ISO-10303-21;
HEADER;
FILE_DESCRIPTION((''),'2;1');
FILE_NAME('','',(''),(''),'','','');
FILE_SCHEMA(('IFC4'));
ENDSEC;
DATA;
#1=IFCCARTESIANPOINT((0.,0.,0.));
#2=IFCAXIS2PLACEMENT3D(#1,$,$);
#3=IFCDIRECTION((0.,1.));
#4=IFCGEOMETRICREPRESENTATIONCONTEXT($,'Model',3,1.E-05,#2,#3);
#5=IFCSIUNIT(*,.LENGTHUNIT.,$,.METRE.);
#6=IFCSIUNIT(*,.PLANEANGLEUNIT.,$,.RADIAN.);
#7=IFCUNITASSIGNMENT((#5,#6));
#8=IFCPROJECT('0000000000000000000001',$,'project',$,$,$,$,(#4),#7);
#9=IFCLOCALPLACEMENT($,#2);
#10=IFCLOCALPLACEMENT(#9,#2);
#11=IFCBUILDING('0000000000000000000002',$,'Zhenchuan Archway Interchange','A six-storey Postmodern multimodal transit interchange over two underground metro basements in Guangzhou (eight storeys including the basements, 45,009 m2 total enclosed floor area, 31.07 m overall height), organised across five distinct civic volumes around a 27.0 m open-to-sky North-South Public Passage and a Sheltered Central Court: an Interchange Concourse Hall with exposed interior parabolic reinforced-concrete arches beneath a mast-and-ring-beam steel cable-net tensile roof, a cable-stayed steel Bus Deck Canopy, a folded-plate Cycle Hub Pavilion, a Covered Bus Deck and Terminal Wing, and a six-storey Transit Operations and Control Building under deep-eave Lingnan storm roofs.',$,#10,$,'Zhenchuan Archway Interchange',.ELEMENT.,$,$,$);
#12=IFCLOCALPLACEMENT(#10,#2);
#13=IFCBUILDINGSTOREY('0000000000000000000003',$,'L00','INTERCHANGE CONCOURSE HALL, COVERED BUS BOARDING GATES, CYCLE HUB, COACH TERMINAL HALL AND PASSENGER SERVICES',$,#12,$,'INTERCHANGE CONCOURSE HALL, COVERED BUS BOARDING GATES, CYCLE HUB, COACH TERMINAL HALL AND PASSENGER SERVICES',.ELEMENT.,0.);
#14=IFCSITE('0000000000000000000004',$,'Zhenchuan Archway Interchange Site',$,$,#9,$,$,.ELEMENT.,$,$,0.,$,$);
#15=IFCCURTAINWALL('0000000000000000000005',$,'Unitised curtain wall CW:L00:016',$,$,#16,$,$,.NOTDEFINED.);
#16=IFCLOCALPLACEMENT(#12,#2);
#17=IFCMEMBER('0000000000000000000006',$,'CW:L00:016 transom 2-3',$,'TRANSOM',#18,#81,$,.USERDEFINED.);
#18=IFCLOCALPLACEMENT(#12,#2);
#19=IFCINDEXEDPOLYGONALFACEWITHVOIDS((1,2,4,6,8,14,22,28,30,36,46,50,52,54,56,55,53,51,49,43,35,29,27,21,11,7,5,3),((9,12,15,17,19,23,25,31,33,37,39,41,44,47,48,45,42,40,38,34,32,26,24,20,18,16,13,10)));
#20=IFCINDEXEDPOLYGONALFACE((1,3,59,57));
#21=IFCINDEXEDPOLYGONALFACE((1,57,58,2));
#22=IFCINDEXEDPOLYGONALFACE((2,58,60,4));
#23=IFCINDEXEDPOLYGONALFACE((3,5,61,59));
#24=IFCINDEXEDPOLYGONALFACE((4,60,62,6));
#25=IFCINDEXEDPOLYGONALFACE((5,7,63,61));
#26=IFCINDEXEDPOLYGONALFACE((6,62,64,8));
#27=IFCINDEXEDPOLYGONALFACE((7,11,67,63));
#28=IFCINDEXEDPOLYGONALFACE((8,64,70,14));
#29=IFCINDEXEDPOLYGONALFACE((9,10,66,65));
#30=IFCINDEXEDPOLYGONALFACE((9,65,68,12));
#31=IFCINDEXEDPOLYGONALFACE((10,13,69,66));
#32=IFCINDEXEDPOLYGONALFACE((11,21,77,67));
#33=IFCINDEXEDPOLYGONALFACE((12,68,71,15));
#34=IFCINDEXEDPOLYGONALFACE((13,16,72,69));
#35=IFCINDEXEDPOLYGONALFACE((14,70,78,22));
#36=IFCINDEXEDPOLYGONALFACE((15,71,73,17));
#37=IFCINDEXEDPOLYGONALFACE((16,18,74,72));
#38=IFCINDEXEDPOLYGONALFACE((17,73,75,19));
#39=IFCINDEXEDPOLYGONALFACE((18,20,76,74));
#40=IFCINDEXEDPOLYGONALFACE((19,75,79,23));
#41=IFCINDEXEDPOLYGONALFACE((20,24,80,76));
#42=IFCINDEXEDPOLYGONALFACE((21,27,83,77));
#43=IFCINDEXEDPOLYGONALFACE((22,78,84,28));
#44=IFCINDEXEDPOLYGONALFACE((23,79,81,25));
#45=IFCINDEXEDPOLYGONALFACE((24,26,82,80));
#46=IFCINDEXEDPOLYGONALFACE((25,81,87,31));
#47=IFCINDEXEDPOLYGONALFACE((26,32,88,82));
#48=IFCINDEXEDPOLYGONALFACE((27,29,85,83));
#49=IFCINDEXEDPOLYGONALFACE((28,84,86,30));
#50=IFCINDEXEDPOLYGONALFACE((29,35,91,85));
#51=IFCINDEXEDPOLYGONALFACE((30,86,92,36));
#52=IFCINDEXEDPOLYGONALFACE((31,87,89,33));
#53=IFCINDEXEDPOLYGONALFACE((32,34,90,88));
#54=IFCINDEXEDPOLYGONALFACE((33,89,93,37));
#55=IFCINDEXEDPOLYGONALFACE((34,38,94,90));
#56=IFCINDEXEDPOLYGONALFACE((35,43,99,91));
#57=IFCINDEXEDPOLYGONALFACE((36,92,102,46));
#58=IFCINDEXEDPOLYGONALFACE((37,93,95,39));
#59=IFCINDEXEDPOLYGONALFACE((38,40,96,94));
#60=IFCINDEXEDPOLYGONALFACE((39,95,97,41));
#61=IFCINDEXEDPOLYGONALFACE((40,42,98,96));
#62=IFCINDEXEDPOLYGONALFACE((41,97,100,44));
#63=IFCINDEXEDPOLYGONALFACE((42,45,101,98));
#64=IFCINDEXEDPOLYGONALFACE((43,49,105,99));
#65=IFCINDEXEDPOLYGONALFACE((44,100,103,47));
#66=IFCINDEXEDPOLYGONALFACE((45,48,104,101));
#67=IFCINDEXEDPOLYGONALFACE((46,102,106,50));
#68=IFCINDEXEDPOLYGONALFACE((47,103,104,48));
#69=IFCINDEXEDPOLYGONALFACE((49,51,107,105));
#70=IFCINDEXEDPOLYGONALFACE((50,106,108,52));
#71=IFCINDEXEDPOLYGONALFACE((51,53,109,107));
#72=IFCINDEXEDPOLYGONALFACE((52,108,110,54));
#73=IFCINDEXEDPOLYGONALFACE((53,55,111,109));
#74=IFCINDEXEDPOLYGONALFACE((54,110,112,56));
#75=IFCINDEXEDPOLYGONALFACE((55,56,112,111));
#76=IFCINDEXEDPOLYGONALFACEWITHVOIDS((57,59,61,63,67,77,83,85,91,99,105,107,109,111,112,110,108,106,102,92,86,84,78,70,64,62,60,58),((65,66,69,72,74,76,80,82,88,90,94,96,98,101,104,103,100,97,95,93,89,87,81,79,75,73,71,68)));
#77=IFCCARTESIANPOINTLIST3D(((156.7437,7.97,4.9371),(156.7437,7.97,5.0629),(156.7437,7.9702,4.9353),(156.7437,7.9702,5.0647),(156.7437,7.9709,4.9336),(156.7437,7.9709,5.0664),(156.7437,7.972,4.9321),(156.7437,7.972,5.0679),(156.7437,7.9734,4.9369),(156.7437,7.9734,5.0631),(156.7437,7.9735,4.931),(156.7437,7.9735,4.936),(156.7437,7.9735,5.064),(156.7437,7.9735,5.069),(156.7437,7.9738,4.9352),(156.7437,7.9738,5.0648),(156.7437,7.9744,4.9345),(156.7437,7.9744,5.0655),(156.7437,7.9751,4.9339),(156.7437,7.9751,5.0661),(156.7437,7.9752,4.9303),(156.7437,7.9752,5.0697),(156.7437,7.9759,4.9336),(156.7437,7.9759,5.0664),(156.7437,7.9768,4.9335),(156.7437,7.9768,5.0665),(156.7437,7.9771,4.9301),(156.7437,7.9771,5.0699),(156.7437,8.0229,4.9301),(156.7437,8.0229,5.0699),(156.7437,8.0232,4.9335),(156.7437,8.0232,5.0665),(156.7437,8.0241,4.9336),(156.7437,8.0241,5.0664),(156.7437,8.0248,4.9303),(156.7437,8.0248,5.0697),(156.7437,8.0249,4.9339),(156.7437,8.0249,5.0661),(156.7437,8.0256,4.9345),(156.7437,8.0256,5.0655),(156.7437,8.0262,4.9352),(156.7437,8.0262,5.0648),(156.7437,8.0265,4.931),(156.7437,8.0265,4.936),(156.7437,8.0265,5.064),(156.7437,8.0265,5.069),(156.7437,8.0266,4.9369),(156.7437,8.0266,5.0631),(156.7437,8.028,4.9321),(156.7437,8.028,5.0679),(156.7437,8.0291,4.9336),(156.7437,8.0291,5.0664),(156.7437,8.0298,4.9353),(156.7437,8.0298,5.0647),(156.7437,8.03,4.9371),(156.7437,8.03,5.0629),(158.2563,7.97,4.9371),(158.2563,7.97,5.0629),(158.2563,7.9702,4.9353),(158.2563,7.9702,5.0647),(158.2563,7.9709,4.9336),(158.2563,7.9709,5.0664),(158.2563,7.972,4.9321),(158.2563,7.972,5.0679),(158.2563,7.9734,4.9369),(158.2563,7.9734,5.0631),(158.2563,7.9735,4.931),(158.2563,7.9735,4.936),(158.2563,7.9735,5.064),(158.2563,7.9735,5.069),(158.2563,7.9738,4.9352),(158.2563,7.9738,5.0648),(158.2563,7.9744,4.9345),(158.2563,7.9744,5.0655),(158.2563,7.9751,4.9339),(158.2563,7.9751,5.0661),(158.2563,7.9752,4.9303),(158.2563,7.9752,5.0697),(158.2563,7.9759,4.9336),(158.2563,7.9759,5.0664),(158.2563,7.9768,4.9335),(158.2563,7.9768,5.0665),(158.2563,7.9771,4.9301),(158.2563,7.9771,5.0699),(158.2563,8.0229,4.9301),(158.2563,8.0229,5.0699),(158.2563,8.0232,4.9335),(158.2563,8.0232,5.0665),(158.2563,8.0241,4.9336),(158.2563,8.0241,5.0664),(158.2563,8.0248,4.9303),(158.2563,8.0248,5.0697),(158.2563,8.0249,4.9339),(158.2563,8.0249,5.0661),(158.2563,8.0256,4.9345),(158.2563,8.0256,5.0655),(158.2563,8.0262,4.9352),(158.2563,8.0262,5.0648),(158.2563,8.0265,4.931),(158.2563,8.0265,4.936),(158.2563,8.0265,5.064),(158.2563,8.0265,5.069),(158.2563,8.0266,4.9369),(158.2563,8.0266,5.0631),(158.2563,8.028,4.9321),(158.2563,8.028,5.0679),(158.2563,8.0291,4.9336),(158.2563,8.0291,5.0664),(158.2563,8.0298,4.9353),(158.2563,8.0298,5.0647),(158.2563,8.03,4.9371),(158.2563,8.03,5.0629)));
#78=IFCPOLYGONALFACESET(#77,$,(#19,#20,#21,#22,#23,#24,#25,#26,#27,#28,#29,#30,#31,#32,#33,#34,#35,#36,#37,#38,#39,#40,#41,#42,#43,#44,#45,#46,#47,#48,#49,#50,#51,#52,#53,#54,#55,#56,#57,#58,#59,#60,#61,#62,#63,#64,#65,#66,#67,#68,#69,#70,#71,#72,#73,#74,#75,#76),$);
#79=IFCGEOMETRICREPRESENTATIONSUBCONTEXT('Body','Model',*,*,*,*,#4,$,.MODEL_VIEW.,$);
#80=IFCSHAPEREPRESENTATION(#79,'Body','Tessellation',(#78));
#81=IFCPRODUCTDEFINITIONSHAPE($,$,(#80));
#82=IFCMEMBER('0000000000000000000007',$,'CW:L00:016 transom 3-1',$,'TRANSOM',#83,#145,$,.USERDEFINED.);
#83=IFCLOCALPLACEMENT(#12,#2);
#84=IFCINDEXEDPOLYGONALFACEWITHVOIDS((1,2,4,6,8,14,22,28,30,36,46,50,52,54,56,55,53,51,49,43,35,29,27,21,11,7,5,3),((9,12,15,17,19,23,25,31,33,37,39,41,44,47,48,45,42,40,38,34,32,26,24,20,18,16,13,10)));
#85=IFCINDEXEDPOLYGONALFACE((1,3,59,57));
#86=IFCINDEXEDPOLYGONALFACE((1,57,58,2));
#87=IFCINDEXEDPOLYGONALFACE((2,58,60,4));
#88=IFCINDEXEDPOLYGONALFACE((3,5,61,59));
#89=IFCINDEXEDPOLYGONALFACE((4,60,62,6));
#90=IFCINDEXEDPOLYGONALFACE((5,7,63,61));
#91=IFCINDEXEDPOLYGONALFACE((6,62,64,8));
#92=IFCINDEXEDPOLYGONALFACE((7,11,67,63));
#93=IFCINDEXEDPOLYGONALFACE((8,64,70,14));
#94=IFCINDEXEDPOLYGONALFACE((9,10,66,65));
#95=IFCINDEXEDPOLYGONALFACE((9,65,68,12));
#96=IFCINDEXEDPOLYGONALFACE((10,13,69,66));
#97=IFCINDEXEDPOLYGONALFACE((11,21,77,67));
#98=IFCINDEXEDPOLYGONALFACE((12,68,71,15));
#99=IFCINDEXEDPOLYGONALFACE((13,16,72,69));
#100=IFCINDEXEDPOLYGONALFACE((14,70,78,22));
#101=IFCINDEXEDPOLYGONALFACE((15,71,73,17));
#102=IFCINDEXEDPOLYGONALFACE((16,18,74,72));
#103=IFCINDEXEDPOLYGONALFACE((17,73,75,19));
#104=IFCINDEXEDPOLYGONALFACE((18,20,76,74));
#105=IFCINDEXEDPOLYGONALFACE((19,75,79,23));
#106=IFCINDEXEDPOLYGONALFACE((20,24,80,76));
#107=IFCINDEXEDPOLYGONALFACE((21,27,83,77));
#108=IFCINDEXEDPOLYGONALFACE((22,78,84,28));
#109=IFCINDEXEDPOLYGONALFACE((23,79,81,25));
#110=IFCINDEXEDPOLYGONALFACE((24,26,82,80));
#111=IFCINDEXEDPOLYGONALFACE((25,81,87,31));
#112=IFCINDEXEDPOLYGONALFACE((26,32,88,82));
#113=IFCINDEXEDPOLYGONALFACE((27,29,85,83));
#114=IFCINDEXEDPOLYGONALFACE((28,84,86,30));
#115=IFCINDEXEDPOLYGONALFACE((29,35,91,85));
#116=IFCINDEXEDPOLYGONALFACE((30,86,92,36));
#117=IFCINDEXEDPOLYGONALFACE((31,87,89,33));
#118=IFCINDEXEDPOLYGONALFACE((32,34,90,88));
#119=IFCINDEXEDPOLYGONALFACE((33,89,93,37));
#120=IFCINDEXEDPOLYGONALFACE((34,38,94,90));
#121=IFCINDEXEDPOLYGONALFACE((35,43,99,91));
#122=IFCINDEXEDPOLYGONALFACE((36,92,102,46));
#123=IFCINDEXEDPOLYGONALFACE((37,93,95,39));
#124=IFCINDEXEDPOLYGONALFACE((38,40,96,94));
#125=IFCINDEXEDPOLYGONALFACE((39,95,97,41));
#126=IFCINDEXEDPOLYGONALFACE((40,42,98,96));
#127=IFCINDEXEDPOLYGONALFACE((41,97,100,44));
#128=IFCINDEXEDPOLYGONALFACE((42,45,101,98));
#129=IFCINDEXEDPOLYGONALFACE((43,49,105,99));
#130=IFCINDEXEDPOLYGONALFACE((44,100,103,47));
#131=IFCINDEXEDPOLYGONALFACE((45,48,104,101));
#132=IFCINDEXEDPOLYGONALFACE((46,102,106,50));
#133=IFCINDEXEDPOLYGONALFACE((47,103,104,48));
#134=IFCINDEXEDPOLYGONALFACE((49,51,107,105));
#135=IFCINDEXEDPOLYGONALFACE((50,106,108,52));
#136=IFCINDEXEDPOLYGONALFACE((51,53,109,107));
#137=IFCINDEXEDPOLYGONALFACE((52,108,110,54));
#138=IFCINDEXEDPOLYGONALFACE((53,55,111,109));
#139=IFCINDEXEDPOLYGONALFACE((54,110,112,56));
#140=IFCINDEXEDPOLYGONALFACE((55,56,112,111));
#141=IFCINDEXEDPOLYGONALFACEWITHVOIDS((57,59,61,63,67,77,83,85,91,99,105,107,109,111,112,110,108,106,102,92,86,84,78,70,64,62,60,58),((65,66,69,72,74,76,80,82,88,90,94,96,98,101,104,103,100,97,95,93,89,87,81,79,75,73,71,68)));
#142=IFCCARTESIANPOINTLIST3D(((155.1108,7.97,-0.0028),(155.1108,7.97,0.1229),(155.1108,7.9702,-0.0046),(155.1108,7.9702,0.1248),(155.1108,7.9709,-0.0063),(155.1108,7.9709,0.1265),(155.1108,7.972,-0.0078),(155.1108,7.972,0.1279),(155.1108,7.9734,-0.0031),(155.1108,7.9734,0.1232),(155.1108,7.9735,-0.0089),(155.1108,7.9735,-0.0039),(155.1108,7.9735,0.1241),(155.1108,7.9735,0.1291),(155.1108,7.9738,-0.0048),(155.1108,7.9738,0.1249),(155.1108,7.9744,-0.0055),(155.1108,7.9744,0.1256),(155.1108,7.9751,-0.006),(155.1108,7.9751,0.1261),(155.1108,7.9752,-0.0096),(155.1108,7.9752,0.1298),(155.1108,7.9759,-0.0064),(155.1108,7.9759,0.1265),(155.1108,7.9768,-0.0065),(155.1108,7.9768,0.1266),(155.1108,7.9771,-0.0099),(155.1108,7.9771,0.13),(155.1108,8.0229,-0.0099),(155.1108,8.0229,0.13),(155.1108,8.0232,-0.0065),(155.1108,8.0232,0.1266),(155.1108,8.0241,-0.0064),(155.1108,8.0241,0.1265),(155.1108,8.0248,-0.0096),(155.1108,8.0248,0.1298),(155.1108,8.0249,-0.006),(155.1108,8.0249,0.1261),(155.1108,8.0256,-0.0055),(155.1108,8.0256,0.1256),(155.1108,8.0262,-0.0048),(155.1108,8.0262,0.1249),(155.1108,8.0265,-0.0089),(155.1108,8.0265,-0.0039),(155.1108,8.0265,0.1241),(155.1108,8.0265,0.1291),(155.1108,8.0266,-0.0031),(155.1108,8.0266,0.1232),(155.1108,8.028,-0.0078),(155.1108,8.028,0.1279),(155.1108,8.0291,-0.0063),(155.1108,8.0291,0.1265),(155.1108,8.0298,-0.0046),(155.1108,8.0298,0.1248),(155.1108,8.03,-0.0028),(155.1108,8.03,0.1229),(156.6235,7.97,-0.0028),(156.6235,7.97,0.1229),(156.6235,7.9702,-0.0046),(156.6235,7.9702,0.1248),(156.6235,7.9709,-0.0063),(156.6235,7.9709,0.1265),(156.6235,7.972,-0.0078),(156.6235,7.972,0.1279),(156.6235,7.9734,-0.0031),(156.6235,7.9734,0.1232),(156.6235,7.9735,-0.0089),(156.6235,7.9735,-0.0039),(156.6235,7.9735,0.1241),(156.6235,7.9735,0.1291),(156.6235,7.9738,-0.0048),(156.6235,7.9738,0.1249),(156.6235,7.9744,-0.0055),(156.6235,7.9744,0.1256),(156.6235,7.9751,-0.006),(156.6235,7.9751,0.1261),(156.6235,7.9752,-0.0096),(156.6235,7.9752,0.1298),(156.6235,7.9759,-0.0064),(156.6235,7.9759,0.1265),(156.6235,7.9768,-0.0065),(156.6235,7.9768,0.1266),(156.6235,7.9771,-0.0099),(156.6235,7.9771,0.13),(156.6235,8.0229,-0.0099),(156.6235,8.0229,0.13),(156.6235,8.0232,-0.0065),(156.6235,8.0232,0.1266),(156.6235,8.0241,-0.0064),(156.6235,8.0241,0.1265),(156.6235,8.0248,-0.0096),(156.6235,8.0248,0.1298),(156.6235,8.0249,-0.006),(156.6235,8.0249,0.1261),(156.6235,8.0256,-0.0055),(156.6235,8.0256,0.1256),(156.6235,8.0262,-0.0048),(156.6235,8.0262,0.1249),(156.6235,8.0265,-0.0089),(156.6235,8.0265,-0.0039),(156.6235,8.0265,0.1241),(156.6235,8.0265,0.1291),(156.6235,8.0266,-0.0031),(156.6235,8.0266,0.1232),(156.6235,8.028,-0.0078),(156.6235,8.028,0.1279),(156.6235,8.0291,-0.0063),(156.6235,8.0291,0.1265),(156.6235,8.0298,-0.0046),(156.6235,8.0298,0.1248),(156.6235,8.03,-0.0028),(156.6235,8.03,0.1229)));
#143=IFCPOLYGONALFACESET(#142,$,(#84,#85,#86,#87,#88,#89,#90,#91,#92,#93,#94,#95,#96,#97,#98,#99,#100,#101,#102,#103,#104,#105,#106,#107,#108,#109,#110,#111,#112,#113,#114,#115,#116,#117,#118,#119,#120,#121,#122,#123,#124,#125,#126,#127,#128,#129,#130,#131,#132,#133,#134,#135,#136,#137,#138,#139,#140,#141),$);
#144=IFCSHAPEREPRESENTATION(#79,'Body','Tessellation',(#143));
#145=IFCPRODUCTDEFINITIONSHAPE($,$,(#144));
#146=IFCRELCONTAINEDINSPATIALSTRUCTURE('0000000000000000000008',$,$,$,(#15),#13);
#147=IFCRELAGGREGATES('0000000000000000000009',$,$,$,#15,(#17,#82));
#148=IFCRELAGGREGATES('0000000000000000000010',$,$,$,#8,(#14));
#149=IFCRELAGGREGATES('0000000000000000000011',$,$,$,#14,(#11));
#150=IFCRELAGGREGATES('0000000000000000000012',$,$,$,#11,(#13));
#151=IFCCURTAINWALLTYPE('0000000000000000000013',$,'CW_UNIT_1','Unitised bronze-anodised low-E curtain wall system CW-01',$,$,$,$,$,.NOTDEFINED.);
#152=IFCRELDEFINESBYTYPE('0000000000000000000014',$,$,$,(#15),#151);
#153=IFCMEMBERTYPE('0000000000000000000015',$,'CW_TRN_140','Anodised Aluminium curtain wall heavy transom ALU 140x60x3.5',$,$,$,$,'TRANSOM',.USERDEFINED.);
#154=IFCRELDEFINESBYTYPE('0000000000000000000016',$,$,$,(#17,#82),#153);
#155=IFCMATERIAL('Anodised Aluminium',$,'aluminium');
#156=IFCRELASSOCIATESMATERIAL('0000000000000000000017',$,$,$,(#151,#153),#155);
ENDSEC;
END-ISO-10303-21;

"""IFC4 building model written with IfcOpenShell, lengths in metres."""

from ifc_helpers import new_model, si_unit, direction, frame, origin, origin_2d, place, context, subcontext, project, spatial, hollow_rectangle, extrude, material, material_profile, profile_set, type_object, element, aggregate, save


model = new_model("IFC4")

# Units and contexts
model_context = context("Model", 3, precision=1e-05, world=origin(), true_north=direction((0.0, 1.0)))
body_context = subcontext(model_context, "Body", "Model", "MODEL_VIEW")
ifc_project = project(units=[si_unit("LENGTHUNIT", "METRE"), si_unit("PLANEANGLEUNIT", "RADIAN")], contexts=[model_context])

# Site, building, storey
site_placement = place(None, origin())
site = spatial("IfcSite", under=ifc_project, at=site_placement, Name="Zhenchuan Archway Interchange Site", CompositionType="ELEMENT", RefElevation=0.0)
building_placement = place(site_placement, origin())
building = spatial("IfcBuilding", under=site, at=building_placement, Name="Zhenchuan Archway Interchange", Description="A six-storey Postmodern multimodal transit interchange over two underground metro basements in Guangzhou (eight storeys including the basements, 45,009 m2 total enclosed floor area, 31.07 m overall height), organised across five distinct civic volumes around a 27.0 m open-to-sky North-South Public Passage and a Sheltered Central Court: an Interchange Concourse Hall with exposed interior parabolic reinforced-concrete arches beneath a mast-and-ring-beam steel cable-net tensile roof, a cable-stayed steel Bus Deck Canopy, a folded-plate Cycle Hub Pavilion, a Covered Bus Deck and Terminal Wing, and a six-storey Transit Operations and Control Building under deep-eave Lingnan storm roofs.", LongName="Zhenchuan Archway Interchange", CompositionType="ELEMENT")
storey_placement = place(building_placement, origin())
storey = spatial("IfcBuildingStorey", under=building, at=storey_placement, Name="L00", Description="INTERCHANGE CONCOURSE HALL, COVERED BUS BOARDING GATES, CYCLE HUB, COACH TERMINAL HALL AND PASSENGER SERVICES", LongName="INTERCHANGE CONCOURSE HALL, COVERED BUS BOARDING GATES, CYCLE HUB, COACH TERMINAL HALL AND PASSENGER SERVICES", CompositionType="ELEMENT", Elevation=0.0)

# Curtain wall, members
ifc_material_1 = material(Name="Anodised Aluminium", Category="aluminium")
curtain_wall_type = type_object("IfcCurtainWallType", Name="CW_UNIT_1", Description="Unitised bronze-anodised low-E curtain wall system CW-01", PredefinedType="NOTDEFINED", material=ifc_material_1)
curtain_wall_placement = place(storey_placement, origin())
curtain_wall = element("IfcCurtainWall", 1, at=curtain_wall_placement, inside=storey, type_object=curtain_wall_type, Name="Unitised curtain wall CW:L00:016", PredefinedType="NOTDEFINED")
ifc_material_profile_1 = material_profile(ifc_material_1, hollow_rectangle(XDim=0.0601, YDim=0.1399, WallThickness=0.0034, InnerFilletRadius=0.0034, OuterFilletRadius=0.0071, at=origin_2d()), Name="ALU 140x60x3.5")
ifc_profile_set_1 = profile_set([ifc_material_profile_1], Name="Anodised Aluminium")
member_type_1 = type_object("IfcMemberType", Name="CW_TRN_140", Description="Anodised Aluminium curtain wall heavy transom ALU 140x60x3.5", ElementType="TRANSOM", PredefinedType="USERDEFINED", material=ifc_profile_set_1)
member_1_placement = place(storey_placement, frame((158.2563, 8.0, 5.0), z_axis=(-1.0, 0.0, 0.0), x_axis=(0.0, -1.0, 0.0)))
member_1 = element("IfcMember", 2, at=member_1_placement, type_object=member_type_1, Name="CW:L00:016 transom 2-3", ObjectType="TRANSOM", PredefinedType="USERDEFINED", context=body_context, shape_type="SweptSolid", body=[
    extrude(hollow_rectangle(XDim=0.0601, YDim=0.1399, WallThickness=0.0034, InnerFilletRadius=0.0034, OuterFilletRadius=0.0071, at=origin_2d()), origin(), (0.0, 0.0, 1.0), 1.5127),
])
member_2_placement = place(storey_placement, frame((156.6235, 8.0, 0.0601), z_axis=(-1.0, 0.0, 0.0), x_axis=(0.0, -1.0, 0.0)))
member_2 = element("IfcMember", 3, at=member_2_placement, type_object=member_type_1, Name="CW:L00:016 transom 3-1", ObjectType="TRANSOM", PredefinedType="USERDEFINED", context=body_context, shape_type="SweptSolid", body=[
    extrude(hollow_rectangle(XDim=0.0601, YDim=0.1399, WallThickness=0.0034, InnerFilletRadius=0.0034, OuterFilletRadius=0.0071, at=origin_2d()), origin(), (0.0, 0.0, 1.0), 1.5127),
])

aggregate(curtain_wall, [member_1, member_2])

save(model, "model.ifc")
